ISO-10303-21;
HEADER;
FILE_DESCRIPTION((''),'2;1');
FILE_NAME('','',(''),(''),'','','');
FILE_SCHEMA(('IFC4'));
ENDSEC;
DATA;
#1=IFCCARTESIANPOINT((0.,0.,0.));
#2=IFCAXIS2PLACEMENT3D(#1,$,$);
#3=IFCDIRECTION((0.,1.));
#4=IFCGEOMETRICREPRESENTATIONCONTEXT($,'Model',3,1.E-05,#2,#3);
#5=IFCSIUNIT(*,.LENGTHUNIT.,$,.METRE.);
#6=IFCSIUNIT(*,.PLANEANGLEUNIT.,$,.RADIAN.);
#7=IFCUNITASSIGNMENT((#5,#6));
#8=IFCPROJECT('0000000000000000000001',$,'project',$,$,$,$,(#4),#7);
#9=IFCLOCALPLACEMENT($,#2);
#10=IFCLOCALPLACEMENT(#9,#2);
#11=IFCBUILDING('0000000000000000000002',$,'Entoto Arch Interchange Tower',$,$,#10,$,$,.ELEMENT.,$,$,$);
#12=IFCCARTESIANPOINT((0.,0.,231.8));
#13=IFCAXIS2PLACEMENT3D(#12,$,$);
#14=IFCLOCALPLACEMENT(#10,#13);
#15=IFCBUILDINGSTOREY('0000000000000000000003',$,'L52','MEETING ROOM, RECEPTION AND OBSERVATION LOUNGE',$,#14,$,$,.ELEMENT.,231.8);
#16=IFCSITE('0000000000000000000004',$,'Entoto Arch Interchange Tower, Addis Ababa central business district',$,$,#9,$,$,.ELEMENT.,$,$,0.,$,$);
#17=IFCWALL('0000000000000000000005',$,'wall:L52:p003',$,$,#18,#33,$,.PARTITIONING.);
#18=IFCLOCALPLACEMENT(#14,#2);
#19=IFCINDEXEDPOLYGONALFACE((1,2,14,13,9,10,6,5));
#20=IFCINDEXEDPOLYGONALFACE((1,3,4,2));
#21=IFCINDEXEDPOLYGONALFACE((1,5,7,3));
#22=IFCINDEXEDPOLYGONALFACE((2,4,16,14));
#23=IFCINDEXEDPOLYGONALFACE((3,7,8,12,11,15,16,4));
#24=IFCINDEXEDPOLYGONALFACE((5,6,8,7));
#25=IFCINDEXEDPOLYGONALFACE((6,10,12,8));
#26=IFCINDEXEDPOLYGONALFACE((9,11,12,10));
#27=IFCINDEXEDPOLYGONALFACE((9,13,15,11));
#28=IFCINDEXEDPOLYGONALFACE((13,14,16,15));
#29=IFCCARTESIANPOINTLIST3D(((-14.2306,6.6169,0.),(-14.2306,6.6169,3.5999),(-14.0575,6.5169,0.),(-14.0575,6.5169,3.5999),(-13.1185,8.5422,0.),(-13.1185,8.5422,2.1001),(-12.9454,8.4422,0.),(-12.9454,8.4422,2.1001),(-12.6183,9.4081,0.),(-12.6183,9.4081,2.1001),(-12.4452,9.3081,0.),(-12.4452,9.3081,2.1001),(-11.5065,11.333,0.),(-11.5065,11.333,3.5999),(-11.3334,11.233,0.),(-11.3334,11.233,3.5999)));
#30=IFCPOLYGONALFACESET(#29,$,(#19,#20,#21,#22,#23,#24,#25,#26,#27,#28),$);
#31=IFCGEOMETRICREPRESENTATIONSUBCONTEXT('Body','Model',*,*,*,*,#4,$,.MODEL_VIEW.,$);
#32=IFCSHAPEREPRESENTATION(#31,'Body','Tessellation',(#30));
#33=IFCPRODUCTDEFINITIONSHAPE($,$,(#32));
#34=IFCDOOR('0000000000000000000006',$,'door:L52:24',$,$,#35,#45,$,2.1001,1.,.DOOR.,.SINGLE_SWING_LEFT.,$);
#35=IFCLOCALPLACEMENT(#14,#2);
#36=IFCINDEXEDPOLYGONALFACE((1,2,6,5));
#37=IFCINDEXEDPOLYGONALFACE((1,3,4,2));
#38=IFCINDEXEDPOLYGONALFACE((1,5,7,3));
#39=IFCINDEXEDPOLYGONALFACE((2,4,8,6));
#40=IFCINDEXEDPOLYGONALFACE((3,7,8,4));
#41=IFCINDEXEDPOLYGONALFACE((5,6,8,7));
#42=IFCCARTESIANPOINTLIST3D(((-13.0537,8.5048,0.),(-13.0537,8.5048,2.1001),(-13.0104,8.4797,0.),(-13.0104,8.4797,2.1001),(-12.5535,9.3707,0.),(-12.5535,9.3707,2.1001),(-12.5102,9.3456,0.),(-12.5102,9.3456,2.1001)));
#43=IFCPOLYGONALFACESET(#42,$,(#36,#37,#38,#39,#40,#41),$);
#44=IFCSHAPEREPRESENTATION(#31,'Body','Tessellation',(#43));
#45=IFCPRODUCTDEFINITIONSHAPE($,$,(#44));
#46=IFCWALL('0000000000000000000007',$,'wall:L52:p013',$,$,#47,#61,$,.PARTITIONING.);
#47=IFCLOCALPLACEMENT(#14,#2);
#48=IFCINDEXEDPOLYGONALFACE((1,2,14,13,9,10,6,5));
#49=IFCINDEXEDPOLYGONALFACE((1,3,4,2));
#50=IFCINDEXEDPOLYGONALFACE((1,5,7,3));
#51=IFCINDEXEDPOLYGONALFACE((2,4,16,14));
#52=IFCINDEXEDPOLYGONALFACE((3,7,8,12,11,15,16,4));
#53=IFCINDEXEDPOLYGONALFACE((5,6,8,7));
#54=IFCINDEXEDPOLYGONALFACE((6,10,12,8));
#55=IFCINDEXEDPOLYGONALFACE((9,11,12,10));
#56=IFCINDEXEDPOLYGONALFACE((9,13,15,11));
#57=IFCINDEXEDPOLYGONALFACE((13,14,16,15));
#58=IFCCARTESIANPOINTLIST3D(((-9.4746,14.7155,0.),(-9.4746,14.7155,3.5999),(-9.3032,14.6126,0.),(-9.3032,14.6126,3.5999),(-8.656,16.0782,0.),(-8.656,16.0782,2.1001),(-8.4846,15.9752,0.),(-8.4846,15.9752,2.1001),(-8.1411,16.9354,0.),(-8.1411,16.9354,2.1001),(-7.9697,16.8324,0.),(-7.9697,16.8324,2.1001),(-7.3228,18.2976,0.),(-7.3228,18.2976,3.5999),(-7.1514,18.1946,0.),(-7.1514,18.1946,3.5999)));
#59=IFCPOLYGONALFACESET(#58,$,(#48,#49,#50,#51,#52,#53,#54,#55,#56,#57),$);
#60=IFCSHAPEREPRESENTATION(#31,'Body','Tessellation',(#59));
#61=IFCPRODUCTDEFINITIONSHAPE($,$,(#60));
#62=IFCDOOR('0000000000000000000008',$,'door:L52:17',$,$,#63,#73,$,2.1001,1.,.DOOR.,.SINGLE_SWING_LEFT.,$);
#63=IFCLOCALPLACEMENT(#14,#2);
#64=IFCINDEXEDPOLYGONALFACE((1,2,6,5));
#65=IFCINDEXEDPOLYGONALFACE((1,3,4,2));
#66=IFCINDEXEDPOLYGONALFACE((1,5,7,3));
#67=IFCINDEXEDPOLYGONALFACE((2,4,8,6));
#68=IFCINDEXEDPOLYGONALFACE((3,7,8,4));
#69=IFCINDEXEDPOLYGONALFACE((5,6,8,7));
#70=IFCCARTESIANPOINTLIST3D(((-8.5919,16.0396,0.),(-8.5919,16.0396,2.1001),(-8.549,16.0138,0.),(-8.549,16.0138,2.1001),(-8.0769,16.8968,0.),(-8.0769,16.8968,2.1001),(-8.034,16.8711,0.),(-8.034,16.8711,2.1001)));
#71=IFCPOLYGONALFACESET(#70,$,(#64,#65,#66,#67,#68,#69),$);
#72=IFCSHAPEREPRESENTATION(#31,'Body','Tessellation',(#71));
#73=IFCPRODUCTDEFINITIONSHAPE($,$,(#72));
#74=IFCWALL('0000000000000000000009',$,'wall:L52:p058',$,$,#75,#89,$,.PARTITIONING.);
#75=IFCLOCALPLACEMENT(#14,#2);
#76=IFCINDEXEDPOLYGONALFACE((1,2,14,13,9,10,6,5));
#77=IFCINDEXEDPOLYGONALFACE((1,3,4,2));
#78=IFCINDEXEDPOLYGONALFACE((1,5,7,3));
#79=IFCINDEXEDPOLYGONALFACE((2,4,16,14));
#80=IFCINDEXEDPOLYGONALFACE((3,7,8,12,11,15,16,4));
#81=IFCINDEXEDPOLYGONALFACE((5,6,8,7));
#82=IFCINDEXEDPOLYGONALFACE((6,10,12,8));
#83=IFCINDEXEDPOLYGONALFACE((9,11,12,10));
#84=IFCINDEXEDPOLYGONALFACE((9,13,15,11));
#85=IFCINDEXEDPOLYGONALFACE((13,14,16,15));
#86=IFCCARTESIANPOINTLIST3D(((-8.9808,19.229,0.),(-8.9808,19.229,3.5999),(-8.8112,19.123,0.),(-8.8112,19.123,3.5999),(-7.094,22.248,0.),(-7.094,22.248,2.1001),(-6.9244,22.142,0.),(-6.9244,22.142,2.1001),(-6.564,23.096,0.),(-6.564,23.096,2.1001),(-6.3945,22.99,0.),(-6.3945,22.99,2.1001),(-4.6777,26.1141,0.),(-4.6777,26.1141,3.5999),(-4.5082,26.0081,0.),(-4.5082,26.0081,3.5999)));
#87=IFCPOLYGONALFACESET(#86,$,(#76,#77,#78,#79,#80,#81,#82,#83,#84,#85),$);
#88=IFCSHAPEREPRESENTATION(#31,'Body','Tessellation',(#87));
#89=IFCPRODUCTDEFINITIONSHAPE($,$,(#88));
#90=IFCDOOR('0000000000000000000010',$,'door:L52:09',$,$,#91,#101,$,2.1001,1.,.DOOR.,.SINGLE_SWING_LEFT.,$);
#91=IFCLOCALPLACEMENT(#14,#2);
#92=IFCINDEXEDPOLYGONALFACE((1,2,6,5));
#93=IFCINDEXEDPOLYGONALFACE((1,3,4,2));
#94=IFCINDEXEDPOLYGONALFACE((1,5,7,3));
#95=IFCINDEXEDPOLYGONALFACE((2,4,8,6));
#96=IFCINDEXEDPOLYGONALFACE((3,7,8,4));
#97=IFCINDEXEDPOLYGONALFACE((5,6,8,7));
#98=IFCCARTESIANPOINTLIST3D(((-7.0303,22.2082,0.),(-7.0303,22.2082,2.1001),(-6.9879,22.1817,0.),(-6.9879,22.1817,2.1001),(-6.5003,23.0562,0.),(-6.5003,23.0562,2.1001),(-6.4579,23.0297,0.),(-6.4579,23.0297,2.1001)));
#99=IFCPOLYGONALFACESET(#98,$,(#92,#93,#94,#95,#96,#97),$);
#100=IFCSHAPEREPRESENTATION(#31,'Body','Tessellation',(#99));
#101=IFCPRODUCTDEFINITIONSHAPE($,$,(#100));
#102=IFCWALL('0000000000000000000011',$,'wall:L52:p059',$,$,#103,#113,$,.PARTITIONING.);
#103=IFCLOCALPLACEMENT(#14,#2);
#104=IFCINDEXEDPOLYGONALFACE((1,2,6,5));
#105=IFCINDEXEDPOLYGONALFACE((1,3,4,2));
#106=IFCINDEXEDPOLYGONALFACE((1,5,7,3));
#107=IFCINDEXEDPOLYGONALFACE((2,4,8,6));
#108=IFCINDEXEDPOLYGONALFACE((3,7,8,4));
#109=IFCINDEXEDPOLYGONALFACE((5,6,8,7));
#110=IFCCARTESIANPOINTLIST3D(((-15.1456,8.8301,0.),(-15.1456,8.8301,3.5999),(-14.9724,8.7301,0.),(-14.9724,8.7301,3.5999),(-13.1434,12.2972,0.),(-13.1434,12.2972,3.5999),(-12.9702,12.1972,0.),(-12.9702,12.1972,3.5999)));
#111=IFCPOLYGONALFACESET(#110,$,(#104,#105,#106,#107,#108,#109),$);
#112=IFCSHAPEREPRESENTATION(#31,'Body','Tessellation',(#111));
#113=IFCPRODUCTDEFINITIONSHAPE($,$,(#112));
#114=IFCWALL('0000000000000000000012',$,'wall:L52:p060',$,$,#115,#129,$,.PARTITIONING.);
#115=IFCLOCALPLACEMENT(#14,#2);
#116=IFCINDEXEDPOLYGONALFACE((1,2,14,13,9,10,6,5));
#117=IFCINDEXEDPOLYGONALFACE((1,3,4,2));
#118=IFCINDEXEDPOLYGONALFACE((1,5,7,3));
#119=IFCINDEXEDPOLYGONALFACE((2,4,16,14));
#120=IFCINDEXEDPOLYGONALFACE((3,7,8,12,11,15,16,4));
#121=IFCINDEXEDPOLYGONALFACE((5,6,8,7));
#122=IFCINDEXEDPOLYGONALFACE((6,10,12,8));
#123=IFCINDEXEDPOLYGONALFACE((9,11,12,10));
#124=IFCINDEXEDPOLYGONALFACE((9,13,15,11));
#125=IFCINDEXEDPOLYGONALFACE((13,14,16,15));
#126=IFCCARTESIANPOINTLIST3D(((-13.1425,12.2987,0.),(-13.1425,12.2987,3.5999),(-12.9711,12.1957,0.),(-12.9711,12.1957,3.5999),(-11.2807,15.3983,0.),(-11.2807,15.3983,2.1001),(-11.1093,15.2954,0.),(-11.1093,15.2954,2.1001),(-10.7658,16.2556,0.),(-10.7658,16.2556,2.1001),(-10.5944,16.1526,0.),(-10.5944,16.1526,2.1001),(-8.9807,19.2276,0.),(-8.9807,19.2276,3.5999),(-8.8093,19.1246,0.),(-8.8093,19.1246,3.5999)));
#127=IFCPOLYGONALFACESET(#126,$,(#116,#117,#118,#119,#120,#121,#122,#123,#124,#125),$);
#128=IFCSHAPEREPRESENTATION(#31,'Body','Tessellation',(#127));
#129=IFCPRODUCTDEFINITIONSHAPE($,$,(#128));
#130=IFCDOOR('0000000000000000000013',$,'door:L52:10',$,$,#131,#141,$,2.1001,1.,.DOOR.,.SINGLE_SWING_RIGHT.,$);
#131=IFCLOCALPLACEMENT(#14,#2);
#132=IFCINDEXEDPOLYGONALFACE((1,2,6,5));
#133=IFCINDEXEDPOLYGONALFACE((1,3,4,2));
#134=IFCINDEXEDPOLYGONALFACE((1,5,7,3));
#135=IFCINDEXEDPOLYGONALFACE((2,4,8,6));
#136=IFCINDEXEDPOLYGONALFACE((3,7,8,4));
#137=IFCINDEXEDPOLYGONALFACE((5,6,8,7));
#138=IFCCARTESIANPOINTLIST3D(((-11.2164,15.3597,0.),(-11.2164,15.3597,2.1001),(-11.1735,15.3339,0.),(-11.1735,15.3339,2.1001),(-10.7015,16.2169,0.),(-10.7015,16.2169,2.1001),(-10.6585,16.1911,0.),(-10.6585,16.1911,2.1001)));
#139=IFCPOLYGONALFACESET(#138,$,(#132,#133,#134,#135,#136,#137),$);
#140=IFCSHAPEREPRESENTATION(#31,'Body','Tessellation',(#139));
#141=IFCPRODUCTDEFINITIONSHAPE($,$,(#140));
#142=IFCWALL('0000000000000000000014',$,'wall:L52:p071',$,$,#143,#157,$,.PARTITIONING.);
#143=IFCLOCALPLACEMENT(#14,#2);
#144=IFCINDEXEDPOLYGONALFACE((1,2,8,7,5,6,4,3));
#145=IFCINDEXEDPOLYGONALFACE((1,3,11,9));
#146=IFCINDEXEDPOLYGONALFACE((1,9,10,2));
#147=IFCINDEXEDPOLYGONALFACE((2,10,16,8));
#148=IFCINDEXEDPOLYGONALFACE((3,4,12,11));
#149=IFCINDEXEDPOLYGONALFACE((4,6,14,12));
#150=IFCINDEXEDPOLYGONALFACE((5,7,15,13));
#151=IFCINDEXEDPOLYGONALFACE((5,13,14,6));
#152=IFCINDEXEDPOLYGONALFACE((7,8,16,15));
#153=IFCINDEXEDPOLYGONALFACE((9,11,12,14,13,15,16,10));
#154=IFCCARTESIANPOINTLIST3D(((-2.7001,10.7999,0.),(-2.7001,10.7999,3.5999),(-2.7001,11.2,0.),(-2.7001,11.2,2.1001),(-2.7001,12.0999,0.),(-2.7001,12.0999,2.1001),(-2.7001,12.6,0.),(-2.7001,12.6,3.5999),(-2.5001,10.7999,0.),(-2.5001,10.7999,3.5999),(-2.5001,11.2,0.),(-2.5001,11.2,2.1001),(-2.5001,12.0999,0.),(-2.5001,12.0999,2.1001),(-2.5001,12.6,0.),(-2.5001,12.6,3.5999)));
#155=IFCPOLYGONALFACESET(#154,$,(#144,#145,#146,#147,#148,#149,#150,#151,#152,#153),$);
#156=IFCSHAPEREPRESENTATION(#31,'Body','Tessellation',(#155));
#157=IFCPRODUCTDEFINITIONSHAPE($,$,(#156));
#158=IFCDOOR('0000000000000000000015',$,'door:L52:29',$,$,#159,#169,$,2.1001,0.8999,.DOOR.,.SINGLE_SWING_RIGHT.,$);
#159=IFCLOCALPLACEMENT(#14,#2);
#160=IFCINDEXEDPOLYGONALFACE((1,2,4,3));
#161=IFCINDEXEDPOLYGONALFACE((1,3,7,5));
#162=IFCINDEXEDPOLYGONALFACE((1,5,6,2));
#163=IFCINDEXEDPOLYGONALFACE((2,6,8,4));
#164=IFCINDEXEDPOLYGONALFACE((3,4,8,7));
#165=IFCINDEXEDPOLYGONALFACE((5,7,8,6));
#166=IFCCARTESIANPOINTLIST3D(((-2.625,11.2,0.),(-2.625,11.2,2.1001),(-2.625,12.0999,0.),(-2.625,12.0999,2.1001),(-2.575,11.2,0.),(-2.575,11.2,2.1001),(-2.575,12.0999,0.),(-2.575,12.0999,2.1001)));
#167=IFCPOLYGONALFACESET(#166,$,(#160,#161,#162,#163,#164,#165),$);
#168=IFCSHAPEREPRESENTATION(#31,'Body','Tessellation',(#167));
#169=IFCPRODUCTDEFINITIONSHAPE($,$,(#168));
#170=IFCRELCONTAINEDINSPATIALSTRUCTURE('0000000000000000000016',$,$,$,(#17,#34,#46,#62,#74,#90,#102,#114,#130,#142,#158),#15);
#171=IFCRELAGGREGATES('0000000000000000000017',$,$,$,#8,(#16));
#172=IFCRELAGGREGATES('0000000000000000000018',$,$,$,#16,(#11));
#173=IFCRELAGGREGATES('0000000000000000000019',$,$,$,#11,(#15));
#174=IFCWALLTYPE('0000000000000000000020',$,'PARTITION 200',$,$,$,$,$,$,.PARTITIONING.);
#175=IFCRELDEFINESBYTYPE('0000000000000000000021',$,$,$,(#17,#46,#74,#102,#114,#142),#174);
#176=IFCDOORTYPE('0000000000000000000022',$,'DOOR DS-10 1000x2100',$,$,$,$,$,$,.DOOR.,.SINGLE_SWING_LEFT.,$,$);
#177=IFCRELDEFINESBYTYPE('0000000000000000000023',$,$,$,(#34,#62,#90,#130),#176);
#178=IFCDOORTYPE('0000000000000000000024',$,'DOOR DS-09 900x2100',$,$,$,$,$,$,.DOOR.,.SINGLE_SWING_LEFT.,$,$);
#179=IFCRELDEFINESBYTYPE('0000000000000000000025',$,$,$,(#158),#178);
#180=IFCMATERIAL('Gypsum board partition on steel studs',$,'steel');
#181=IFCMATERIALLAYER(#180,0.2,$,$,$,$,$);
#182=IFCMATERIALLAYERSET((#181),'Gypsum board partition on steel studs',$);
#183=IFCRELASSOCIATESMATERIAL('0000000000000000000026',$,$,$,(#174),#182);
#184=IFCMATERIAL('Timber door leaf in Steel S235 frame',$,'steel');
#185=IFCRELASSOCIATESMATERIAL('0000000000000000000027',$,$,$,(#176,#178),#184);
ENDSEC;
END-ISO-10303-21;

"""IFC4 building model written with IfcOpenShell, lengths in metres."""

from ifc_helpers import new_model, si_unit, direction, frame, frame_2d, origin, place, context, subcontext, project, spatial, rectangle, extrude, material, layer, layer_set, type_object, element, fill, save


model = new_model("IFC4")

# Units and contexts
model_context = context("Model", 3, precision=1e-05, world=origin(), true_north=direction((0.0, 1.0)))
body_context = subcontext(model_context, "Body", "Model", "MODEL_VIEW")
ifc_project = project(units=[si_unit("LENGTHUNIT", "METRE"), si_unit("PLANEANGLEUNIT", "RADIAN")], contexts=[model_context])

# Site, building, storey
site_placement = place(None, origin())
site = spatial("IfcSite", under=ifc_project, at=site_placement, Name="Entoto Arch Interchange Tower, Addis Ababa central business district", CompositionType="ELEMENT", RefElevation=0.0)
building_placement = place(site_placement, origin())
building = spatial("IfcBuilding", under=site, at=building_placement, Name="Entoto Arch Interchange Tower", CompositionType="ELEMENT")
storey_placement = place(building_placement, frame((0.0, 0.0, 231.8)))
storey = spatial("IfcBuildingStorey", under=building, at=storey_placement, Name="L52", Description="MEETING ROOM, RECEPTION AND OBSERVATION LOUNGE", CompositionType="ELEMENT", Elevation=231.8)

# Shared definitions
ifc_material_1 = material(Name="Gypsum board partition on steel studs", Category="steel")

# Shared definitions
ifc_layer_1 = layer(ifc_material_1, 0.2)
ifc_layer_set_1 = layer_set([ifc_layer_1], Name="Gypsum board partition on steel studs")
wall_type_1 = type_object("IfcWallType", Name="PARTITION 200", PredefinedType="PARTITIONING", material=ifc_layer_set_1)
ifc_material_2 = material(Name="Timber door leaf in Steel S235 frame", Category="steel")
door_type_1 = type_object("IfcDoorType", Name="DOOR DS-10 1000x2100", OperationType="SINGLE_SWING_LEFT", PredefinedType="DOOR", material=ifc_material_2)

# Walls, openings, doors
wall_1_placement = place(storey_placement, frame((-11.4199, 11.283, 0.0), z_axis=(0.0, 0.0, 1.0), x_axis=(-0.500179, -0.865922, 0.0)))
wall_1 = element("IfcWall", 1, at=wall_1_placement, inside=storey, type_object=wall_type_1, Name="wall:L52:p003", PredefinedType="PARTITIONING", context=body_context, shape_type="SweptSolid", body=[
    extrude(rectangle(XDim=5.4463, YDim=0.2, at=frame_2d((2.7231, 0.0))), origin(), (0.0, 0.0, 1.0), 3.5999),
])
opening_1_placement = place(wall_1_placement, frame((2.2229, 0.0, 0.0)))
opening_1 = element("IfcOpeningElement", 2, at=opening_1_placement, cuts=wall_1, PredefinedType="OPENING", context=body_context, shape_type="SweptSolid", body=[
    extrude(rectangle(XDim=1.0, YDim=2.1001, at=frame_2d((0.5, 1.05))), frame((0.0, 0.1099, 0.0), z_axis=(0.0, -1.0, 0.0), x_axis=(1.0, 0.0, 0.0)), (0.0, 0.0, 1.0), 0.22),
])
door_1_placement = place(opening_1_placement, origin())
door_1 = element("IfcDoor", 3, at=door_1_placement, inside=storey, type_object=door_type_1, Name="door:L52:24", OperationType="SINGLE_SWING_LEFT", OverallHeight=2.1001, OverallWidth=1.0, PredefinedType="DOOR", context=body_context, shape_type="SweptSolid", body=[
    extrude(rectangle(XDim=1.0, YDim=2.1001, at=frame_2d((0.5, 1.05))), frame((0.0, 0.0249, 0.0), z_axis=(0.0, -1.0, 0.0), x_axis=(1.0, 0.0, 0.0)), (0.0, 0.0, 1.0), 0.05),
])
fill(opening_1, door_1)
wall_2_placement = place(storey_placement, frame((-7.2371, 18.2461, 0.0), z_axis=(0.0, 0.0, 1.0), x_axis=(-0.51496, -0.857214, 0.0)))
wall_2 = element("IfcWall", 4, at=wall_2_placement, inside=storey, type_object=wall_type_1, Name="wall:L52:p013", PredefinedType="PARTITIONING", context=body_context, shape_type="SweptSolid", body=[
    extrude(rectangle(XDim=4.1787, YDim=0.2, at=frame_2d((2.0894, 0.0))), origin(), (0.0, 0.0, 1.0), 3.5999),
])
opening_2_placement = place(wall_2_placement, frame((1.5891, 0.0, 0.0)))
opening_2 = element("IfcOpeningElement", 5, at=opening_2_placement, cuts=wall_2, PredefinedType="OPENING", context=body_context, shape_type="SweptSolid", body=[
    extrude(rectangle(XDim=1.0, YDim=2.1001, at=frame_2d((0.5, 1.05))), frame((0.0, 0.1099, 0.0), z_axis=(0.0, -1.0, 0.0), x_axis=(1.0, 0.0, 0.0)), (0.0, 0.0, 1.0), 0.22),
])
door_2_placement = place(opening_2_placement, origin())
door_2 = element("IfcDoor", 6, at=door_2_placement, inside=storey, type_object=door_type_1, Name="door:L52:17", OperationType="SINGLE_SWING_LEFT", OverallHeight=2.1001, OverallWidth=1.0, PredefinedType="DOOR", context=body_context, shape_type="SweptSolid", body=[
    extrude(rectangle(XDim=1.0, YDim=2.1001, at=frame_2d((0.5, 1.05))), frame((0.0, 0.0249, 0.0), z_axis=(0.0, -1.0, 0.0), x_axis=(1.0, 0.0, 0.0)), (0.0, 0.0, 1.0), 0.05),
])
fill(opening_2, door_2)
wall_3_placement = place(storey_placement, frame((-8.896, 19.176, 0.0), z_axis=(0.0, 0.0, 1.0), x_axis=(0.529985, 0.848007, 0.0)))
wall_3 = element("IfcWall", 7, at=wall_3_placement, inside=storey, type_object=wall_type_1, Name="wall:L52:p058", PredefinedType="PARTITIONING", context=body_context, shape_type="SweptSolid", body=[
    extrude(rectangle(XDim=8.1191, YDim=0.2, at=frame_2d((4.0596, 0.0))), origin(), (0.0, 0.0, 1.0), 3.5999),
])
opening_3_placement = place(wall_3_placement, frame((3.5601, 0.0, 0.0)))
opening_3 = element("IfcOpeningElement", 8, at=opening_3_placement, cuts=wall_3, PredefinedType="OPENING", context=body_context, shape_type="SweptSolid", body=[
    extrude(rectangle(XDim=1.0, YDim=2.1001, at=frame_2d((0.5, 1.05))), frame((0.0, 0.1099, 0.0), z_axis=(0.0, -1.0, 0.0), x_axis=(1.0, 0.0, 0.0)), (0.0, 0.0, 1.0), 0.22),
])
door_3_placement = place(opening_3_placement, origin())
door_3 = element("IfcDoor", 9, at=door_3_placement, inside=storey, type_object=door_type_1, Name="door:L52:09", OperationType="SINGLE_SWING_LEFT", OverallHeight=2.1001, OverallWidth=1.0, PredefinedType="DOOR", context=body_context, shape_type="SweptSolid", body=[
    extrude(rectangle(XDim=1.0, YDim=2.1001, at=frame_2d((0.5, 1.05))), frame((0.0, 0.0249, 0.0), z_axis=(0.0, -1.0, 0.0), x_axis=(1.0, 0.0, 0.0)), (0.0, 0.0, 1.0), 0.05),
])
fill(opening_3, door_3)

# Wall
wall_4_placement = place(storey_placement, frame((-15.0591, 8.78, 0.0), z_axis=(0.0, 0.0, 1.0), x_axis=(0.500094, 0.865971, 0.0)))
element("IfcWall", 10, at=wall_4_placement, inside=storey, type_object=wall_type_1, Name="wall:L52:p059", PredefinedType="PARTITIONING", context=body_context, shape_type="SweptSolid", body=[
    extrude(rectangle(XDim=4.0037, YDim=0.2, at=frame_2d((2.002, 0.0))), origin(), (0.0, 0.0, 1.0), 3.5999),
])

# Walls, openings, doors
wall_5_placement = place(storey_placement, frame((-13.0569, 12.2471, 0.0), z_axis=(0.0, 0.0, 1.0), x_axis=(0.514904, 0.857248, 0.0)))
wall_5 = element("IfcWall", 11, at=wall_5_placement, inside=storey, type_object=wall_type_1, Name="wall:L52:p060", PredefinedType="PARTITIONING", context=body_context, shape_type="SweptSolid", body=[
    extrude(rectangle(XDim=8.0828, YDim=0.2, at=frame_2d((4.0415, 0.0))), origin(), (0.0, 0.0, 1.0), 3.5999),
])
opening_4_placement = place(wall_5_placement, frame((3.616, 0.0, 0.0)))
opening_4 = element("IfcOpeningElement", 12, at=opening_4_placement, cuts=wall_5, PredefinedType="OPENING", context=body_context, shape_type="SweptSolid", body=[
    extrude(rectangle(XDim=1.0, YDim=2.1001, at=frame_2d((0.5, 1.05))), frame((0.0, 0.1099, 0.0), z_axis=(0.0, -1.0, 0.0), x_axis=(1.0, 0.0, 0.0)), (0.0, 0.0, 1.0), 0.22),
])
door_4_placement = place(opening_4_placement, origin())
door_4 = element("IfcDoor", 13, at=door_4_placement, inside=storey, type_object=door_type_1, Name="door:L52:10", OperationType="SINGLE_SWING_RIGHT", OverallHeight=2.1001, OverallWidth=1.0, PredefinedType="DOOR", context=body_context, shape_type="SweptSolid", body=[
    extrude(rectangle(XDim=1.0, YDim=2.1001, at=frame_2d((0.5, 1.05))), frame((0.0, 0.0249, 0.0), z_axis=(0.0, -1.0, 0.0), x_axis=(1.0, 0.0, 0.0)), (0.0, 0.0, 1.0), 0.05),
])
fill(opening_4, door_4)
wall_6_placement = place(storey_placement, frame((-2.6001, 10.8, 0.0), z_axis=(0.0, 0.0, 1.0), x_axis=(0.0, 1.0, 0.0)))
wall_6 = element("IfcWall", 14, at=wall_6_placement, inside=storey, type_object=wall_type_1, Name="wall:L52:p071", PredefinedType="PARTITIONING", context=body_context, shape_type="SweptSolid", body=[
    extrude(rectangle(XDim=1.8, YDim=0.2, at=frame_2d((0.8999, 0.0))), origin(), (0.0, 0.0, 1.0), 3.5999),
])
opening_5_placement = place(wall_6_placement, frame((0.3999, 0.0, 0.0)))
opening_5 = element("IfcOpeningElement", 15, at=opening_5_placement, cuts=wall_6, PredefinedType="OPENING", context=body_context, shape_type="SweptSolid", body=[
    extrude(rectangle(XDim=0.8999, YDim=2.1001, at=frame_2d((0.45, 1.05))), frame((0.0, 0.1099, 0.0), z_axis=(0.0, -1.0, 0.0), x_axis=(1.0, 0.0, 0.0)), (0.0, 0.0, 1.0), 0.22),
])
door_type_2 = type_object("IfcDoorType", Name="DOOR DS-09 900x2100", OperationType="SINGLE_SWING_LEFT", PredefinedType="DOOR", material=ifc_material_2)
door_5_placement = place(opening_5_placement, origin())
door_5 = element("IfcDoor", 16, at=door_5_placement, inside=storey, type_object=door_type_2, Name="door:L52:29", OperationType="SINGLE_SWING_RIGHT", OverallHeight=2.1001, OverallWidth=0.8999, PredefinedType="DOOR", context=body_context, shape_type="SweptSolid", body=[
    extrude(rectangle(XDim=0.8999, YDim=2.1001, at=frame_2d((0.45, 1.05))), frame((0.0, 0.0249, 0.0), z_axis=(0.0, -1.0, 0.0), x_axis=(1.0, 0.0, 0.0)), (0.0, 0.0, 1.0), 0.05),
])
fill(opening_5, door_5)

save(model, "model.ifc")
